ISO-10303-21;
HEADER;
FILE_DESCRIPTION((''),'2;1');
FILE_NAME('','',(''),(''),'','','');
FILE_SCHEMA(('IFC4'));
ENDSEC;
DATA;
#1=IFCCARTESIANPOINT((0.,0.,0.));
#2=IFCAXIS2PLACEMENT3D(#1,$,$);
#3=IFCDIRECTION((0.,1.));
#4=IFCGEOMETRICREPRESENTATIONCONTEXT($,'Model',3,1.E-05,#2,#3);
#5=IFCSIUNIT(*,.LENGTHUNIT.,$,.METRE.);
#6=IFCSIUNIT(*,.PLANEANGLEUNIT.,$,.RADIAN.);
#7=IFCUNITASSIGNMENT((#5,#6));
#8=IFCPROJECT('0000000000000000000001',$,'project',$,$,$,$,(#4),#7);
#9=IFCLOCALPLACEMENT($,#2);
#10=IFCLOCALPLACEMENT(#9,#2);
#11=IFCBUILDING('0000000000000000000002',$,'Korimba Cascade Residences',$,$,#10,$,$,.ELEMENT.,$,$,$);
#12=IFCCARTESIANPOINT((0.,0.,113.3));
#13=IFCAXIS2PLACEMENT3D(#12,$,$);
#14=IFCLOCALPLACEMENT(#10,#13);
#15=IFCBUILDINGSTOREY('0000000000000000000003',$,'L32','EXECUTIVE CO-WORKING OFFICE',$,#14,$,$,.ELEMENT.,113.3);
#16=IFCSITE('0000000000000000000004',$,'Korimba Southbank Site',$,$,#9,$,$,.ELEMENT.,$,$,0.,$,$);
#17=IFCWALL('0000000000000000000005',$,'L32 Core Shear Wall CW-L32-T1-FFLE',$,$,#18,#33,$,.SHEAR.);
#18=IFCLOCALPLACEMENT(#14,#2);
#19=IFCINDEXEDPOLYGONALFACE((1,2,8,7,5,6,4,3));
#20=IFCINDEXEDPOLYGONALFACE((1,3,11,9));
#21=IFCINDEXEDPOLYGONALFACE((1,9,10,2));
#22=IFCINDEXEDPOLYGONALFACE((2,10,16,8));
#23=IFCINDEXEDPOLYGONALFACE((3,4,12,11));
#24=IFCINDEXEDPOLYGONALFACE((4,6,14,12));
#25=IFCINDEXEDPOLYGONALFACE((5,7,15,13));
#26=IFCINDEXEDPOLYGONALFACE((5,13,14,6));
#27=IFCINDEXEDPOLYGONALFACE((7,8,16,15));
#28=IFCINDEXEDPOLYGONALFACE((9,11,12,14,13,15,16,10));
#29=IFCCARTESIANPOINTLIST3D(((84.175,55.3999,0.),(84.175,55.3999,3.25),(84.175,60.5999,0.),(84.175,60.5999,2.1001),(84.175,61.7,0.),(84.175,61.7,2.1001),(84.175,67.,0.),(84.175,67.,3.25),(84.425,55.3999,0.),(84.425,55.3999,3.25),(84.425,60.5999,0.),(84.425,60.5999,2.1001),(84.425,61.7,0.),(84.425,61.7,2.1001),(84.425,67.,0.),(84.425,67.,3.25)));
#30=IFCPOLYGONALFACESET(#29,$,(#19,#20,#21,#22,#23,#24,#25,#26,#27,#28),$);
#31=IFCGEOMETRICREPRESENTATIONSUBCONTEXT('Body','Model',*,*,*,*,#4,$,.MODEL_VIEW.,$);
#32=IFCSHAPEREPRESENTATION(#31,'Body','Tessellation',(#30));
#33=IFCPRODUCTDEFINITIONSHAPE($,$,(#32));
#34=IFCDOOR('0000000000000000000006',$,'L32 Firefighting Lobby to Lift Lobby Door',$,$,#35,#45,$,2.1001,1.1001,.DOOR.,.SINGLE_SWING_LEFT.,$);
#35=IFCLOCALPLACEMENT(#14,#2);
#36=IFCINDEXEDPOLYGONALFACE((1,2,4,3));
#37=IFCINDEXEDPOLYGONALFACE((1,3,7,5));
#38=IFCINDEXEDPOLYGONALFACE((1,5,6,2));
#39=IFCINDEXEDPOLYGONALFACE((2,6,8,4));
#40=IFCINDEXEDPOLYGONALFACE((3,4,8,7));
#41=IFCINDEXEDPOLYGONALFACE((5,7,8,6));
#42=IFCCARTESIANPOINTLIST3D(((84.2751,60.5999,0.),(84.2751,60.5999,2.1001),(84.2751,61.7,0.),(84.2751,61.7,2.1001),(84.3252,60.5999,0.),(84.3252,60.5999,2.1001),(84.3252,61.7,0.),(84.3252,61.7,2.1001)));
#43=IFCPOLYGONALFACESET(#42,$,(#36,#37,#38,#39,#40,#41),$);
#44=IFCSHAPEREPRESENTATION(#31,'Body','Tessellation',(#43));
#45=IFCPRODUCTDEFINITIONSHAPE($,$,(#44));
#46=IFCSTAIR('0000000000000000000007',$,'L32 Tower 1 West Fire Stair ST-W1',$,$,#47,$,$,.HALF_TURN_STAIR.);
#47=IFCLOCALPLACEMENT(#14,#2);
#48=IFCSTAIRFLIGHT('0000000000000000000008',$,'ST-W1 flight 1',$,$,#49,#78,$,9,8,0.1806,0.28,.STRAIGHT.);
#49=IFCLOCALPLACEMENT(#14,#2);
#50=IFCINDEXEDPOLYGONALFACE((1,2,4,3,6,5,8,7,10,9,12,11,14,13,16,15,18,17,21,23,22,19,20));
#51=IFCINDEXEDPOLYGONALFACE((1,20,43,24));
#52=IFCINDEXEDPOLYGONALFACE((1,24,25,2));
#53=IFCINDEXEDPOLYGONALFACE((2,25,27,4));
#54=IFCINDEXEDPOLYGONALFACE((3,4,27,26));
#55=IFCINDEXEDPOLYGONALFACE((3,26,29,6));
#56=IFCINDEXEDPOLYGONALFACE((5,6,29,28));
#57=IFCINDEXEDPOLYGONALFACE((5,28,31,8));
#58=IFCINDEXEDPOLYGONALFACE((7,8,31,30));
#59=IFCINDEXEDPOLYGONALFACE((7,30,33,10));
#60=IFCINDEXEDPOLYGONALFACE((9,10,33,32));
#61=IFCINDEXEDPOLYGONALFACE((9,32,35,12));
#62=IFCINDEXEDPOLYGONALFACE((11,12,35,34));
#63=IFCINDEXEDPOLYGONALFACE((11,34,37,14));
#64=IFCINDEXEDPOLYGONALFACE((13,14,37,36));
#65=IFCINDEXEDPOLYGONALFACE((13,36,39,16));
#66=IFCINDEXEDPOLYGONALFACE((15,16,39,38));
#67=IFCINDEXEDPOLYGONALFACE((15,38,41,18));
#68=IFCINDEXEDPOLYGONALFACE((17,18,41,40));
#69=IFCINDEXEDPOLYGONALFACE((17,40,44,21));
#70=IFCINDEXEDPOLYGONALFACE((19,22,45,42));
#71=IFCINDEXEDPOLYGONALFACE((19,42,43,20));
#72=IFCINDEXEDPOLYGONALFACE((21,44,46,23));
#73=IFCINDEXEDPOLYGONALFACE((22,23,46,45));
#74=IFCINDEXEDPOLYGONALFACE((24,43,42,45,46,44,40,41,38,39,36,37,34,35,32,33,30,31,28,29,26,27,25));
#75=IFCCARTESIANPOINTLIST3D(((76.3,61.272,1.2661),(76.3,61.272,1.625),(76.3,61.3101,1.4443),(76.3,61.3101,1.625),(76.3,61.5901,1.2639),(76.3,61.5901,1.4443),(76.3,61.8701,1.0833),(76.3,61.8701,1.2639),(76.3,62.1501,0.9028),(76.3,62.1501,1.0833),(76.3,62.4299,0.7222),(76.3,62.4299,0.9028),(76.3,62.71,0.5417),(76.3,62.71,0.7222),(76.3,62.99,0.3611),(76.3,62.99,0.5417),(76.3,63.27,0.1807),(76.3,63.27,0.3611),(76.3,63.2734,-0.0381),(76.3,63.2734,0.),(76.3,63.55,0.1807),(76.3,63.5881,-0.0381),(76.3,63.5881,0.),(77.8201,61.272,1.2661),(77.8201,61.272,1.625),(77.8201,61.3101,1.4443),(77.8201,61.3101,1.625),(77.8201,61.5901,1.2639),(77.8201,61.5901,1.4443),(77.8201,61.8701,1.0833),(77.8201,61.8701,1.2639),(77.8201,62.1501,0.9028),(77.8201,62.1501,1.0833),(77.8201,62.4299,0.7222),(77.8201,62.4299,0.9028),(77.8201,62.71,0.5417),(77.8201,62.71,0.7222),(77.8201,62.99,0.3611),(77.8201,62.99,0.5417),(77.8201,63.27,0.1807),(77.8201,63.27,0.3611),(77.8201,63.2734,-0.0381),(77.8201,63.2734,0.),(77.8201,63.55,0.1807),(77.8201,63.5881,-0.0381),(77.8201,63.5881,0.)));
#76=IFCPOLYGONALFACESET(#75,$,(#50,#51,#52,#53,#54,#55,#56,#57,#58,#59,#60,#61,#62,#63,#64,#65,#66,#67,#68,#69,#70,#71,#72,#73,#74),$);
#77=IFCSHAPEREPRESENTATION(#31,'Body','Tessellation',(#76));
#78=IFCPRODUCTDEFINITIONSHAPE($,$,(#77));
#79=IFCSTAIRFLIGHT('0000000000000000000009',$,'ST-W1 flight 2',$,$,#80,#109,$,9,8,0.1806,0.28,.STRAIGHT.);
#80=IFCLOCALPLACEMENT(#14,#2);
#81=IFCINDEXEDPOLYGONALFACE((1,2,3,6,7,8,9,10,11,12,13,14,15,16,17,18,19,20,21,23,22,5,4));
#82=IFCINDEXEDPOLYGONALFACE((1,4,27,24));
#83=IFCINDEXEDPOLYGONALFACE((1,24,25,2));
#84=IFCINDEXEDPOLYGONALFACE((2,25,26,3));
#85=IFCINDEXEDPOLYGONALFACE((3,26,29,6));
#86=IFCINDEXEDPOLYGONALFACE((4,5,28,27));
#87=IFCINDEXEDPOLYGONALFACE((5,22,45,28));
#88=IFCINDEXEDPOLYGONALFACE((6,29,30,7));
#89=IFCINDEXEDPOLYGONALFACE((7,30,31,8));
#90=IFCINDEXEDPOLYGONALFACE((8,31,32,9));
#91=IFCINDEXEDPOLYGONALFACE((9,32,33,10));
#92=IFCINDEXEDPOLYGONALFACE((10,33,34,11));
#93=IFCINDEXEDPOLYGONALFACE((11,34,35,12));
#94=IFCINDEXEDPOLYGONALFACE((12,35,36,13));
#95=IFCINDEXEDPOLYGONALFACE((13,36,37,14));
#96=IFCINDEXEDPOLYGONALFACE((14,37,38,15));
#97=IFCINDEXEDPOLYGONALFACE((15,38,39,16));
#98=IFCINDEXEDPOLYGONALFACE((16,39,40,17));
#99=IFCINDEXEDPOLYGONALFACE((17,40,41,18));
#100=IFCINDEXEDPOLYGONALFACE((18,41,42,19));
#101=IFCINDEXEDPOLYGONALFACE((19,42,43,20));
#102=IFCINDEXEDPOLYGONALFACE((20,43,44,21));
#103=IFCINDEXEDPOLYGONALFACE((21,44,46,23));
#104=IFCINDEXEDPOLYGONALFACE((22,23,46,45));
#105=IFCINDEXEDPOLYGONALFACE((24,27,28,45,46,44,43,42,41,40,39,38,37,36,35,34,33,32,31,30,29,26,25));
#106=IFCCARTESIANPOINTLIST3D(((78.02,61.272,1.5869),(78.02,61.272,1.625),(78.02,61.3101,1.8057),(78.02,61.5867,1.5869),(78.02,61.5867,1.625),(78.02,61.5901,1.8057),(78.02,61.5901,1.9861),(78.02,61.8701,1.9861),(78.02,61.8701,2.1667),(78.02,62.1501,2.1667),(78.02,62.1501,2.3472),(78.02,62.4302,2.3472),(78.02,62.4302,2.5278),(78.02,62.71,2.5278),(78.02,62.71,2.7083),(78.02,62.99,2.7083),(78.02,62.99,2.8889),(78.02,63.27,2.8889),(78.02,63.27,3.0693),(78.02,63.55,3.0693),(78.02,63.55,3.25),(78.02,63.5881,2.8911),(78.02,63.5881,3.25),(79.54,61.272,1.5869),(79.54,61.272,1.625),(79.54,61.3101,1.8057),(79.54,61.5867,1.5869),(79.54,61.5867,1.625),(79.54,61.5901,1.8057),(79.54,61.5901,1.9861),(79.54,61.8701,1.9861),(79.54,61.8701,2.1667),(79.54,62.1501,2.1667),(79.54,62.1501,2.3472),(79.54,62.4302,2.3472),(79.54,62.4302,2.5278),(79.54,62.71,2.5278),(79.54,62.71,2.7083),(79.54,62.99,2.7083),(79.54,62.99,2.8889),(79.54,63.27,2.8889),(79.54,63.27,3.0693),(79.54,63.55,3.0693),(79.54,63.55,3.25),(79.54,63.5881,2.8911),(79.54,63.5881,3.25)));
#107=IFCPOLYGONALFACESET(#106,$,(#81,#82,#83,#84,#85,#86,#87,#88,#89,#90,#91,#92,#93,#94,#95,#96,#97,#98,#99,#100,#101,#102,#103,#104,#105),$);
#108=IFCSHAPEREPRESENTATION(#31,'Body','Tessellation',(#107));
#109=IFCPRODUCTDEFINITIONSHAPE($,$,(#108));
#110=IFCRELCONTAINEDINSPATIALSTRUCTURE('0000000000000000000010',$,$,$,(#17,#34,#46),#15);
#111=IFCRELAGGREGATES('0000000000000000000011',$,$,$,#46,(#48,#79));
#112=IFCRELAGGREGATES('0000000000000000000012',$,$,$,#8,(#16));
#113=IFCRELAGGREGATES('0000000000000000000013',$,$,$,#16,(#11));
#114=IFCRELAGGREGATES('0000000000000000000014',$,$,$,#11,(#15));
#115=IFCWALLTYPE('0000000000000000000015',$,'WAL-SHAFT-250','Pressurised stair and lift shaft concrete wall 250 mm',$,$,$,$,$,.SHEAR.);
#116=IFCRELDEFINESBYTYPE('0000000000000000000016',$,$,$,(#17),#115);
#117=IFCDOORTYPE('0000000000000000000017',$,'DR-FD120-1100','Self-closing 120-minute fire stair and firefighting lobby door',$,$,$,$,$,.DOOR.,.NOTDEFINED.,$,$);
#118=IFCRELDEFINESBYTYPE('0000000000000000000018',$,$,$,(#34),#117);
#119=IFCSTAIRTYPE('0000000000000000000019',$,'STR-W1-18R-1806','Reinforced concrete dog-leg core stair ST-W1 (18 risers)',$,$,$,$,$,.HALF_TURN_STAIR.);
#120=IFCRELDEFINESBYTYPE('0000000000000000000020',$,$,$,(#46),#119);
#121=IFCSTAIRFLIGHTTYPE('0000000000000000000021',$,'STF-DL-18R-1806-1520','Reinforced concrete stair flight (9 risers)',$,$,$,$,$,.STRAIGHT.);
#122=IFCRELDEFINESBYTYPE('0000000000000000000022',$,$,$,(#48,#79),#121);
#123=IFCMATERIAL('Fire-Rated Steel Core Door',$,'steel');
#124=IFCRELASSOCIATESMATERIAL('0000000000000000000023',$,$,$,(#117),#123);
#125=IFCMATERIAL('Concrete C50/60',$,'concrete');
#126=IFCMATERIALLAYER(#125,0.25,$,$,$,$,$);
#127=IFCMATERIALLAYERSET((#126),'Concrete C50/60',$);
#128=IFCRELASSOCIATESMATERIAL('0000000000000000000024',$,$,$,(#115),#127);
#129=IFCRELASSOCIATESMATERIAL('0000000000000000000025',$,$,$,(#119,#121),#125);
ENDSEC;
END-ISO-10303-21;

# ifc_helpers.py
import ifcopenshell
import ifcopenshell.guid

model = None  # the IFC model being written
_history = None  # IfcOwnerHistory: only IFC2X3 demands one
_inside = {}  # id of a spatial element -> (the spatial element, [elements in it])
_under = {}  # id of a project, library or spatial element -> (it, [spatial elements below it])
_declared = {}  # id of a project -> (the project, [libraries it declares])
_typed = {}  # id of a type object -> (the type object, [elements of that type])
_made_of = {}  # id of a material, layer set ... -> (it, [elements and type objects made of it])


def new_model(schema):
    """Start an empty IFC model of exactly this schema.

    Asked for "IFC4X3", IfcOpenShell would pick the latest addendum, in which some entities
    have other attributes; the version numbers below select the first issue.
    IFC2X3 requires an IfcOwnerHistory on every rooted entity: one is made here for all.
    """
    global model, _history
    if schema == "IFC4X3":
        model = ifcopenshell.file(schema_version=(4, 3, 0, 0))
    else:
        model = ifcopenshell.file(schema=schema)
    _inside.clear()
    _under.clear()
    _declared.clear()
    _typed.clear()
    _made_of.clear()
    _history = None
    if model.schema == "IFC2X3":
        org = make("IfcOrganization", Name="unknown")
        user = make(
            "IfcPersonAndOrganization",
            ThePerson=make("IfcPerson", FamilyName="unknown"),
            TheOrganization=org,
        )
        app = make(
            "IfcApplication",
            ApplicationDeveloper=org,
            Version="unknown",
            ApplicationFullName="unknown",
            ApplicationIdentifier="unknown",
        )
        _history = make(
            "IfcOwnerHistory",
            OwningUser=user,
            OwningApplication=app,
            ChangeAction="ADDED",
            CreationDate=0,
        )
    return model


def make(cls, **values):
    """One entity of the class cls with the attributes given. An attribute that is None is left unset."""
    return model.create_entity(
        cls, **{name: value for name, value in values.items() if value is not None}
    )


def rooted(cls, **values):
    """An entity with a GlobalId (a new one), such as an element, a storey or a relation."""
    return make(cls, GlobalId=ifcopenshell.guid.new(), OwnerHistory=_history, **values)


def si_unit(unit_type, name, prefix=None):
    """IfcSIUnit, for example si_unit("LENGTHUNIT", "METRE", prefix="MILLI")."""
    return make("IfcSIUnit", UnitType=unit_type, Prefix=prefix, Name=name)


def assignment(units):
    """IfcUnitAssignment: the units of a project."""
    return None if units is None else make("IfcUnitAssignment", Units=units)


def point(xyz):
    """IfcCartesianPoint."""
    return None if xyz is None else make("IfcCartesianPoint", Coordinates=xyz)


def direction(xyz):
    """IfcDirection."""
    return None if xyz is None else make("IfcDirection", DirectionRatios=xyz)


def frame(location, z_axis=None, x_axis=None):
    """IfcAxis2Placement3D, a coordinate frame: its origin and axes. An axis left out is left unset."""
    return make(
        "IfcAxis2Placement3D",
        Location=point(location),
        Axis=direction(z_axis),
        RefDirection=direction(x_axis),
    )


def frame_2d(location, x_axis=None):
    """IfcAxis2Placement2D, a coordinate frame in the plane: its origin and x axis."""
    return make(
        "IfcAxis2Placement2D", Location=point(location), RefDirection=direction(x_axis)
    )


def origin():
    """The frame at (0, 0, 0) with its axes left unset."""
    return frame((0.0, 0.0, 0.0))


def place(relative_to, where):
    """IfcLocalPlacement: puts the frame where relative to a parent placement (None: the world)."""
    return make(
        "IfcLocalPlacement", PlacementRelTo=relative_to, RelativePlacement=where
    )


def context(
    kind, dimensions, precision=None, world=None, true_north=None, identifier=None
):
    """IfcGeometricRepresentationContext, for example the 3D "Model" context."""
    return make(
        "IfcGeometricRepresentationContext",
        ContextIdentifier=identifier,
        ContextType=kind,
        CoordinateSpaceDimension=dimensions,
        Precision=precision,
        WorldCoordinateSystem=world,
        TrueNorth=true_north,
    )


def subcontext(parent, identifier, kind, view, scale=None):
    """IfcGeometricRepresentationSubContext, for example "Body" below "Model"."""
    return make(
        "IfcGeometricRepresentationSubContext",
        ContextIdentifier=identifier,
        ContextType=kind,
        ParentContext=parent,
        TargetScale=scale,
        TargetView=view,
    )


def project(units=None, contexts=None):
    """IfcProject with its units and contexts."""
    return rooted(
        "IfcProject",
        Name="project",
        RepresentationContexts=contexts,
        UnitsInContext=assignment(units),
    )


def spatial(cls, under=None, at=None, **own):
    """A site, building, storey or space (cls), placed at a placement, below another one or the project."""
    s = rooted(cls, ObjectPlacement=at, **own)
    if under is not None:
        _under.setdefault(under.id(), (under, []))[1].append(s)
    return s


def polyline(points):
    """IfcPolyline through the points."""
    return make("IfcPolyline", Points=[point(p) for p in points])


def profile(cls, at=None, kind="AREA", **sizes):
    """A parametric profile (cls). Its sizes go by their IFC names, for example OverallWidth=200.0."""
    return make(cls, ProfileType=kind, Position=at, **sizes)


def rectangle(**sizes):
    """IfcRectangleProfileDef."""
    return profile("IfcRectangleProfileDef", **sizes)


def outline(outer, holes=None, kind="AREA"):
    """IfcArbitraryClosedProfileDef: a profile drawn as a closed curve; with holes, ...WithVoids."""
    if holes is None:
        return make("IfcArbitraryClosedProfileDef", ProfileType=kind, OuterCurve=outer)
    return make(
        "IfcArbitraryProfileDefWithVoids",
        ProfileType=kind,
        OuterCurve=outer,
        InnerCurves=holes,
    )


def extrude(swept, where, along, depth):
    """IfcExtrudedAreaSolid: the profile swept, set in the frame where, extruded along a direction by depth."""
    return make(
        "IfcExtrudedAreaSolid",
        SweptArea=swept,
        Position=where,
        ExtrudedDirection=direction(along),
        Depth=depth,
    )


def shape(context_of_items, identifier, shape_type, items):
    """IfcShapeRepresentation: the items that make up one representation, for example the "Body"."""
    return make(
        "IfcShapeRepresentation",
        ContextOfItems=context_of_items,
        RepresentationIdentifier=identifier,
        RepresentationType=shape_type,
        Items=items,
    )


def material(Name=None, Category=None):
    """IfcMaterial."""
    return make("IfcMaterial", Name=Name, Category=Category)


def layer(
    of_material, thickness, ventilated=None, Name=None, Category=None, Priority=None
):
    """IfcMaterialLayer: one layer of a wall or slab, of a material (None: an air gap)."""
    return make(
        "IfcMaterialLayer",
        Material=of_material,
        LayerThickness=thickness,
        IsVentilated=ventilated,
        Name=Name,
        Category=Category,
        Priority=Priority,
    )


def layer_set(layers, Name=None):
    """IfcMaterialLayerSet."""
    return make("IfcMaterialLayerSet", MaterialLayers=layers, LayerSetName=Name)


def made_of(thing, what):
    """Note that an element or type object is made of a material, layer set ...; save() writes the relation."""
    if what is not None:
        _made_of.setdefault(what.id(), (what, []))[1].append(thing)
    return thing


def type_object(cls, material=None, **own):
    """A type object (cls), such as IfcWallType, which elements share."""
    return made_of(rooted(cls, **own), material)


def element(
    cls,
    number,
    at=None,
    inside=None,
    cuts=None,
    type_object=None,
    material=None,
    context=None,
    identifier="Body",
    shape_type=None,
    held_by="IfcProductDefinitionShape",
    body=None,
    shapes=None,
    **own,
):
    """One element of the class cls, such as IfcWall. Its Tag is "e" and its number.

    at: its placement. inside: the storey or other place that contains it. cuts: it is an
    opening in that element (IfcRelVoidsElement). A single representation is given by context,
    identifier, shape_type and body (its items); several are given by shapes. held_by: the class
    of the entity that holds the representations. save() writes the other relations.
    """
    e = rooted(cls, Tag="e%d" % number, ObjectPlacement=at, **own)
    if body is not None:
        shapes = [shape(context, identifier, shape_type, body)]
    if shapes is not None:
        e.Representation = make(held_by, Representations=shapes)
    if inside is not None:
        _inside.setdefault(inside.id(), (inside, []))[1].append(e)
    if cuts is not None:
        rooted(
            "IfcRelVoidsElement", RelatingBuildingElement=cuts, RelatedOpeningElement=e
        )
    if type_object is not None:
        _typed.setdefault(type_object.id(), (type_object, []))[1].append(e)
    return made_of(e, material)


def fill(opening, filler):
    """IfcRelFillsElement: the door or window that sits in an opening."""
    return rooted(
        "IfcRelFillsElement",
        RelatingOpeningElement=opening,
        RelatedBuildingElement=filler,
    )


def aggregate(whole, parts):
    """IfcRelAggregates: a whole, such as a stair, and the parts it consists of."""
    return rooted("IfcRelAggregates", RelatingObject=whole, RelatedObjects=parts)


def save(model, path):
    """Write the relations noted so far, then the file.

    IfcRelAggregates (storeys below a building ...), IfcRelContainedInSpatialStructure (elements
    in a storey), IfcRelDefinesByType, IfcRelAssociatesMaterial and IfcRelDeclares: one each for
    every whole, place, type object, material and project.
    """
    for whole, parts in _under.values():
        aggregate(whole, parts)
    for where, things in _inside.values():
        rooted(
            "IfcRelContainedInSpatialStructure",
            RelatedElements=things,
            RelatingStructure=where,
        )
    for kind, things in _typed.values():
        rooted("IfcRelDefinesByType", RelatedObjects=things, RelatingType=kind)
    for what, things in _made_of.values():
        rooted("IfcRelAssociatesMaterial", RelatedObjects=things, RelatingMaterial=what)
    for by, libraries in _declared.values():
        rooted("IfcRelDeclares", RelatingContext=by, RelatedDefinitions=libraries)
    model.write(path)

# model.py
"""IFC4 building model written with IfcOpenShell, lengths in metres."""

from ifc_helpers import new_model, si_unit, direction, frame, frame_2d, origin, place, context, subcontext, project, spatial, polyline, rectangle, outline, extrude, material, layer, layer_set, type_object, element, fill, aggregate, save


model = new_model("IFC4")

# Units and contexts
model_context = context("Model", 3, precision=1e-05, world=origin(), true_north=direction((0.0, 1.0)))
body_context = subcontext(model_context, "Body", "Model", "MODEL_VIEW")
ifc_project = project(units=[si_unit("LENGTHUNIT", "METRE"), si_unit("PLANEANGLEUNIT", "RADIAN")], contexts=[model_context])

# Site, building, storey
site_placement = place(None, origin())
site = spatial("IfcSite", under=ifc_project, at=site_placement, Name="Korimba Southbank Site", CompositionType="ELEMENT", RefElevation=0.0)
building_placement = place(site_placement, origin())
building = spatial("IfcBuilding", under=site, at=building_placement, Name="Korimba Cascade Residences", CompositionType="ELEMENT")
storey_placement = place(building_placement, frame((0.0, 0.0, 113.3)))
storey = spatial("IfcBuildingStorey", under=building, at=storey_placement, Name="L32", Description="EXECUTIVE CO-WORKING OFFICE", CompositionType="ELEMENT", Elevation=113.3)

# Shared definitions
ifc_material_1 = material(Name="Fire-Rated Steel Core Door", Category="steel")
door_type_1 = type_object("IfcDoorType", Name="DR-FD120-1100", Description="Self-closing 120-minute fire stair and firefighting lobby door", OperationType="NOTDEFINED", PredefinedType="DOOR", material=ifc_material_1)

# Shared definitions
ifc_material_2 = material(Name="Concrete C50/60", Category="concrete")
ifc_layer_1 = layer(ifc_material_2, 0.25)
ifc_layer_set_1 = layer_set([ifc_layer_1], Name="Concrete C50/60")
wall_type_1 = type_object("IfcWallType", Name="WAL-SHAFT-250", Description="Pressurised stair and lift shaft concrete wall 250 mm", PredefinedType="SHEAR", material=ifc_layer_set_1)

# Wall, opening, door
wall_1_placement = place(storey_placement, frame((84.3, 55.3999, 0.0), z_axis=(0.0, 0.0, 1.0), x_axis=(0.0, 1.0, 0.0)))
wall_1 = element("IfcWall", 1, at=wall_1_placement, inside=storey, type_object=wall_type_1, Name="L32 Core Shear Wall CW-L32-T1-FFLE", PredefinedType="SHEAR", context=body_context, shape_type="SweptSolid", body=[
    extrude(rectangle(XDim=11.6001, YDim=0.25, at=frame_2d((5.8, 0.0))), origin(), (0.0, 0.0, 1.0), 3.25),
])
opening_1_placement = place(wall_1_placement, frame((5.2, 0.0, 0.0)))
opening_1 = element("IfcOpeningElement", 2, at=opening_1_placement, cuts=wall_1, PredefinedType="OPENING", context=body_context, shape_type="SweptSolid", body=[
    extrude(rectangle(XDim=1.1001, YDim=2.1001, at=frame_2d((0.55, 1.05))), frame((0.0, 0.135, 0.0), z_axis=(0.0, -1.0, 0.0), x_axis=(1.0, 0.0, 0.0)), (0.0, 0.0, 1.0), 0.27),
])
door_1_placement = place(opening_1_placement, origin())
door_1 = element("IfcDoor", 3, at=door_1_placement, inside=storey, type_object=door_type_1, Name="L32 Firefighting Lobby to Lift Lobby Door", OperationType="SINGLE_SWING_LEFT", OverallHeight=2.1001, OverallWidth=1.1001, PredefinedType="DOOR", context=body_context, shape_type="SweptSolid", body=[
    extrude(rectangle(XDim=1.1001, YDim=2.1001, at=frame_2d((0.55, 1.05))), frame((0.0, 0.0249, 0.0), z_axis=(0.0, -1.0, 0.0), x_axis=(1.0, 0.0, 0.0)), (0.0, 0.0, 1.0), 0.05),
])
fill(opening_1, door_1)

# Stair, stair flights
stair_type = type_object("IfcStairType", Name="STR-W1-18R-1806", Description="Reinforced concrete dog-leg core stair ST-W1 (18 risers)", PredefinedType="HALF_TURN_STAIR", material=ifc_material_2)
stair_placement = place(storey_placement, origin())
stair = element("IfcStair", 4, at=stair_placement, inside=storey, type_object=stair_type, Name="L32 Tower 1 West Fire Stair ST-W1", PredefinedType="HALF_TURN_STAIR")
stair_flight_type = type_object("IfcStairFlightType", Name="STF-DL-18R-1806-1520", Description="Reinforced concrete stair flight (9 risers)", PredefinedType="STRAIGHT", material=ifc_material_2)
stair_flight_1_placement = place(storey_placement, frame((77.0601, 63.55, 0.0), z_axis=(0.0, 0.0, 1.0), x_axis=(0.0, -1.0, 0.0)))
stair_flight_1 = element("IfcStairFlight", 5, at=stair_flight_1_placement, type_object=stair_flight_type, Name="ST-W1 flight 1", NumberOfRisers=9, NumberOfTreads=8, PredefinedType="STRAIGHT", RiserHeight=0.1806, TreadLength=0.28, context=body_context, shape_type="SweptSolid", body=[
    extrude(outline(polyline([(-0.0381, 0.0), (0.0, 0.1807), (0.28, 0.1807), (0.28, 0.3611), (0.5601, 0.3611), (0.5601, 0.5417), (0.8401, 0.5417), (0.8401, 0.7222), (1.1201, 0.7222), (1.1201, 0.9028), (1.3999, 0.9028), (1.3999, 1.0833), (1.6799, 1.0833), (1.6799, 1.2639), (1.96, 1.2639), (1.96, 1.4443), (2.24, 1.4443), (2.24, 1.625), (2.2781, 1.625), (2.2781, 1.2661), (0.2766, 0.0), (0.2766, -0.0381), (-0.0381, -0.0381), (-0.0381, 0.0)])), frame((0.0, 0.76, 0.0), z_axis=(0.0, -1.0, 0.0), x_axis=(1.0, 0.0, 0.0)), (0.0, 0.0, 1.0), 1.52),
])
stair_flight_2_placement = place(storey_placement, frame((78.78, 61.3101, 1.625), z_axis=(0.0, 0.0, 1.0), x_axis=(0.0, 1.0, 0.0)))
stair_flight_2 = element("IfcStairFlight", 6, at=stair_flight_2_placement, type_object=stair_flight_type, Name="ST-W1 flight 2", NumberOfRisers=9, NumberOfTreads=8, PredefinedType="STRAIGHT", RiserHeight=0.1806, TreadLength=0.28, context=body_context, shape_type="SweptSolid", body=[
    extrude(outline(polyline([(-0.0381, 0.0), (0.0, 0.1807), (0.28, 0.1807), (0.28, 0.3611), (0.5601, 0.3611), (0.5601, 0.5417), (0.8401, 0.5417), (0.8401, 0.7222), (1.1201, 0.7222), (1.1201, 0.9028), (1.3999, 0.9028), (1.3999, 1.0833), (1.6799, 1.0833), (1.6799, 1.2639), (1.96, 1.2639), (1.96, 1.4443), (2.24, 1.4443), (2.24, 1.625), (2.2781, 1.625), (2.2781, 1.2661), (0.2766, 0.0), (0.2766, -0.0381), (-0.0381, -0.0381), (-0.0381, 0.0)])), frame((0.0, 0.76, 0.0), z_axis=(0.0, -1.0, 0.0), x_axis=(1.0, 0.0, 0.0)), (0.0, 0.0, 1.0), 1.52),
])
aggregate(stair, [stair_flight_1, stair_flight_2])

save(model, "model.ifc")
